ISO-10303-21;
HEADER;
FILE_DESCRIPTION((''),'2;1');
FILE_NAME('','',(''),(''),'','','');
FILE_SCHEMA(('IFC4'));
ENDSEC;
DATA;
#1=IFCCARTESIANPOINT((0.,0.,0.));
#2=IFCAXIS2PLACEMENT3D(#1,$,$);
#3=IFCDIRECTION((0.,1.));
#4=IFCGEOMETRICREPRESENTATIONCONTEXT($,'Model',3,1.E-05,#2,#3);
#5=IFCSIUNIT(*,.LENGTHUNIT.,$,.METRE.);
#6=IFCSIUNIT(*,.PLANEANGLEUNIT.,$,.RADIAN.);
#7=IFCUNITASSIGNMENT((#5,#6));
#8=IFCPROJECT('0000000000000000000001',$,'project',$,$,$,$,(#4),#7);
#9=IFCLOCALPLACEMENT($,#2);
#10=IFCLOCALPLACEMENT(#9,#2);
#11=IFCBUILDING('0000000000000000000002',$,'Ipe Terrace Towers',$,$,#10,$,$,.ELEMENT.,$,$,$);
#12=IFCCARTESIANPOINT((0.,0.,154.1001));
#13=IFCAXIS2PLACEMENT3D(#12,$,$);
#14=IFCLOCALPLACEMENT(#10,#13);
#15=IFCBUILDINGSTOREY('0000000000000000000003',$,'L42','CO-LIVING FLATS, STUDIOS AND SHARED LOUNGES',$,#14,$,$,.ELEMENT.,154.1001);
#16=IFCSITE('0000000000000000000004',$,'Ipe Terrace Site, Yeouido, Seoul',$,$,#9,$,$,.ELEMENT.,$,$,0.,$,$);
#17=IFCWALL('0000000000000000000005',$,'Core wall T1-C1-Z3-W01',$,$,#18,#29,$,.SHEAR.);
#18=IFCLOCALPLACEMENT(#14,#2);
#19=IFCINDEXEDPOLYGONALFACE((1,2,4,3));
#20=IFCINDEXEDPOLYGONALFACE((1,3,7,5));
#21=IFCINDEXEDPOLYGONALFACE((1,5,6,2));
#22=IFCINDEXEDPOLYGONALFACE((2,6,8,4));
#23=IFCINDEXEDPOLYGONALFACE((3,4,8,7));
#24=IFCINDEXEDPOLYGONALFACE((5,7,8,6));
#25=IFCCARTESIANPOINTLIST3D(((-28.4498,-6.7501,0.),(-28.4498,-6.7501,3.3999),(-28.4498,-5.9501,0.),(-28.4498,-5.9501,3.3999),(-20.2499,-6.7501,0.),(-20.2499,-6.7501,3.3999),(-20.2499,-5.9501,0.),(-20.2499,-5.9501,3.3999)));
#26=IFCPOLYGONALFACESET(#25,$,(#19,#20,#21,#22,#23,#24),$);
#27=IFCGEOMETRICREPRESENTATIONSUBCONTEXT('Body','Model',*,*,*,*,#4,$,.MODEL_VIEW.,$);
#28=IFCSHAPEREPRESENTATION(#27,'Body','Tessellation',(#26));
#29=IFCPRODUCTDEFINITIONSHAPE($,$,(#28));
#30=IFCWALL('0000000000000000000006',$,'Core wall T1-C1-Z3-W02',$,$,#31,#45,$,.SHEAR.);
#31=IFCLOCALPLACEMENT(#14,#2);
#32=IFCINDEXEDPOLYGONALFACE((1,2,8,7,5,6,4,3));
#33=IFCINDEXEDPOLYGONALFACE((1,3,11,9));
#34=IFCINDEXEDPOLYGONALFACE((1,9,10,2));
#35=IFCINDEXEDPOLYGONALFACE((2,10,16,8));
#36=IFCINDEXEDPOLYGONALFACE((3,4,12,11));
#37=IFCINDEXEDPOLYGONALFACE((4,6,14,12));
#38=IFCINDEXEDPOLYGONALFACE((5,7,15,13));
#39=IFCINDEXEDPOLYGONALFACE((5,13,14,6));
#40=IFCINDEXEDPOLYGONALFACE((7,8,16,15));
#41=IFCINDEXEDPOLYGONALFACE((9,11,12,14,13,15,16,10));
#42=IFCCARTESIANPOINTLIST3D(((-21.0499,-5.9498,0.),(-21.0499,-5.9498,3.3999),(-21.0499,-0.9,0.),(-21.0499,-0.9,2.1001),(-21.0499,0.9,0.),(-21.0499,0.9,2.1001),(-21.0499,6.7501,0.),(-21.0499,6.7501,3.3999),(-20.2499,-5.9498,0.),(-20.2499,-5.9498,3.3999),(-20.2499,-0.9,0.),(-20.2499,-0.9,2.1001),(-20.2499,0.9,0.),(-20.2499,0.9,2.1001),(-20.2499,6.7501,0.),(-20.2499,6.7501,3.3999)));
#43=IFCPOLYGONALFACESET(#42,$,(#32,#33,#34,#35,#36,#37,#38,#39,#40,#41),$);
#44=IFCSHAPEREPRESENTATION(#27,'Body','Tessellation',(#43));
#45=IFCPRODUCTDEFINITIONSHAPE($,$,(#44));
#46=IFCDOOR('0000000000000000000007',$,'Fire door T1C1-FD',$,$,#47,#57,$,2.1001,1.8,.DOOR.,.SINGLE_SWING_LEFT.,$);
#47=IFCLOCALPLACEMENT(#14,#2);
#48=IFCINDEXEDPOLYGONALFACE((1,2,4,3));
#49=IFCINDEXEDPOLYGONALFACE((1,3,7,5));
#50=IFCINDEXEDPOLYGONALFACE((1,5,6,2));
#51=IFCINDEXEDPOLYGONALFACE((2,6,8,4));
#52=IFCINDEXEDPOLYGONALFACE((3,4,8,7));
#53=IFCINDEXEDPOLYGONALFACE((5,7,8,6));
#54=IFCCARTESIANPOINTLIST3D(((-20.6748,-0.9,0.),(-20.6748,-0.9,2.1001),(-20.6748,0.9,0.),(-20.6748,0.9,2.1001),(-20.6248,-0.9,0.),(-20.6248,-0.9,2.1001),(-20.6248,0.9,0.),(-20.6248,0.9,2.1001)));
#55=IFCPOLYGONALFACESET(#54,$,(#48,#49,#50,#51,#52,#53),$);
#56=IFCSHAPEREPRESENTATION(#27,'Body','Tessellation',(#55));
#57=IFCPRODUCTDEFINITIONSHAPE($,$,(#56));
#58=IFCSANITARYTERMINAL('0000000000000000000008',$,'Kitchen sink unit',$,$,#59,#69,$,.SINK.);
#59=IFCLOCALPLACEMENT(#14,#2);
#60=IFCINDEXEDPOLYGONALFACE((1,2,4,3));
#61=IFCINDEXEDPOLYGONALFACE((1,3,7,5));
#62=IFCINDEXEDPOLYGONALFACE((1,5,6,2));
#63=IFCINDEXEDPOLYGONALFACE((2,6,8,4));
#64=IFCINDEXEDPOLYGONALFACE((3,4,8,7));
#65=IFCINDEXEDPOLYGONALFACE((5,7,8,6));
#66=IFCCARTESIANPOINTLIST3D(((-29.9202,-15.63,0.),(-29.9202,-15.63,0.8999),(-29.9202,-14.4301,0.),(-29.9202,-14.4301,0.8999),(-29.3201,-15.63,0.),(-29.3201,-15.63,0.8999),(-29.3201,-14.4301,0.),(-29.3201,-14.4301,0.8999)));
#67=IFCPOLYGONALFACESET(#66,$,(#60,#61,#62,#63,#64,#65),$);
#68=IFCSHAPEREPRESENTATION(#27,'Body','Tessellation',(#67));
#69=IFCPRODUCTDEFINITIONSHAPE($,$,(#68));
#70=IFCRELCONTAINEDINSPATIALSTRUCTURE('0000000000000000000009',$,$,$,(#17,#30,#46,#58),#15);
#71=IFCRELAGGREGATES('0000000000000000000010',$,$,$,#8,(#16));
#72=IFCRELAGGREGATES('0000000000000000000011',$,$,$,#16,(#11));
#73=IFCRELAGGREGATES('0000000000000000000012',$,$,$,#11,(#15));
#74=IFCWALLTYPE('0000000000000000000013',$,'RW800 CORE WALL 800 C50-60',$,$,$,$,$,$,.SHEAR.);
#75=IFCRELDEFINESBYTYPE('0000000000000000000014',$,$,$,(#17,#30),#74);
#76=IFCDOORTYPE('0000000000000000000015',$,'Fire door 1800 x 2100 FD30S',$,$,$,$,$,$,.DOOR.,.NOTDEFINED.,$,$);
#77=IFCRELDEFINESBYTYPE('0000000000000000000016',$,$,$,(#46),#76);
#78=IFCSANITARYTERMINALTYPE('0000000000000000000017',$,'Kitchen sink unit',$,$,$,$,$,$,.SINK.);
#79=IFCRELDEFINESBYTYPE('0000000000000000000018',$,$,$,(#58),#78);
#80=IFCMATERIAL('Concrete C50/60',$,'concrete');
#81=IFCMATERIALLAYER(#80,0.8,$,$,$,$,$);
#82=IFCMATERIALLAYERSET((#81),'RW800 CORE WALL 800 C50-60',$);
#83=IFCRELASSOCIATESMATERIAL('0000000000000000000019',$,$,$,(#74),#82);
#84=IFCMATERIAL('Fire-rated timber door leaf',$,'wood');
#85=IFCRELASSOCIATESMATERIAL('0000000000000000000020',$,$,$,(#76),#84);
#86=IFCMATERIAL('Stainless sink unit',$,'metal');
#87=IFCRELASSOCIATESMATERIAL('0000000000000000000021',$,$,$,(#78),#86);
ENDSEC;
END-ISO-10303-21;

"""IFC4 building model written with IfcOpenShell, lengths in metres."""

from ifc_helpers import new_model, si_unit, direction, frame, frame_2d, origin, origin_2d, place, context, subcontext, project, spatial, rectangle, extrude, material, layer, layer_set, type_object, element, fill, save


model = new_model("IFC4")

# Units and contexts
model_context = context("Model", 3, precision=1e-05, world=origin(), true_north=direction((0.0, 1.0)))
body_context = subcontext(model_context, "Body", "Model", "MODEL_VIEW")
ifc_project = project(units=[si_unit("LENGTHUNIT", "METRE"), si_unit("PLANEANGLEUNIT", "RADIAN")], contexts=[model_context])

# Site, building, storey
site_placement = place(None, origin())
site = spatial("IfcSite", under=ifc_project, at=site_placement, Name="Ipe Terrace Site, Yeouido, Seoul", CompositionType="ELEMENT", RefElevation=0.0)
building_placement = place(site_placement, origin())
building = spatial("IfcBuilding", under=site, at=building_placement, Name="Ipe Terrace Towers", CompositionType="ELEMENT")
storey_placement = place(building_placement, frame((0.0, 0.0, 154.1001)))
storey = spatial("IfcBuildingStorey", under=building, at=storey_placement, Name="L42", Description="CO-LIVING FLATS, STUDIOS AND SHARED LOUNGES", CompositionType="ELEMENT", Elevation=154.1001)

# Wall
ifc_material_1 = material(Name="Concrete C50/60", Category="concrete")
ifc_layer_1 = layer(ifc_material_1, 0.8)
ifc_layer_set_1 = layer_set([ifc_layer_1], Name="RW800 CORE WALL 800 C50-60")
wall_type_1 = type_object("IfcWallType", Name="RW800 CORE WALL 800 C50-60", PredefinedType="SHEAR", material=ifc_layer_set_1)
wall_1_placement = place(storey_placement, frame((-28.45, -6.3501, 0.0), z_axis=(0.0, 0.0, 1.0), x_axis=(1.0, 0.0, 0.0)))
element("IfcWall", 1, at=wall_1_placement, inside=storey, type_object=wall_type_1, Name="Core wall T1-C1-Z3-W01", PredefinedType="SHEAR", context=body_context, shape_type="SweptSolid", body=[
    extrude(rectangle(XDim=8.2, YDim=0.8, at=frame_2d((4.1001, 0.0))), origin(), (0.0, 0.0, 1.0), 3.3999),
])

# Wall, opening, door
wall_2_placement = place(storey_placement, frame((-20.6499, -5.95, 0.0), z_axis=(0.0, 0.0, 1.0), x_axis=(0.0, 1.0, 0.0)))
wall_2 = element("IfcWall", 2, at=wall_2_placement, inside=storey, type_object=wall_type_1, Name="Core wall T1-C1-Z3-W02", PredefinedType="SHEAR", context=body_context, shape_type="SweptSolid", body=[
    extrude(rectangle(XDim=12.7, YDim=0.8, at=frame_2d((6.3501, 0.0))), origin(), (0.0, 0.0, 1.0), 3.3999),
])
opening_1_placement = place(wall_2_placement, frame((5.05, 0.0, 0.0)))
opening_1 = element("IfcOpeningElement", 3, at=opening_1_placement, cuts=wall_2, PredefinedType="OPENING", context=body_context, shape_type="SweptSolid", body=[
    extrude(rectangle(XDim=1.8, YDim=2.1001, at=frame_2d((0.8999, 1.05))), frame((0.0, 0.4102, 0.0), z_axis=(0.0, -1.0, 0.0), x_axis=(1.0, 0.0, 0.0)), (0.0, 0.0, 1.0), 0.8201),
])
ifc_material_2 = material(Name="Fire-rated timber door leaf", Category="wood")
door_type_1 = type_object("IfcDoorType", Name="Fire door 1800 x 2100 FD30S", OperationType="NOTDEFINED", PredefinedType="DOOR", material=ifc_material_2)
door_1_placement = place(opening_1_placement, origin())
door_1 = element("IfcDoor", 4, at=door_1_placement, inside=storey, type_object=door_type_1, Name="Fire door T1C1-FD", OperationType="SINGLE_SWING_LEFT", OverallHeight=2.1001, OverallWidth=1.8, PredefinedType="DOOR", context=body_context, shape_type="SweptSolid", body=[
    extrude(rectangle(XDim=1.8, YDim=2.1001, at=frame_2d((0.8999, 1.05))), frame((0.0, 0.0249, 0.0), z_axis=(0.0, -1.0, 0.0), x_axis=(1.0, 0.0, 0.0)), (0.0, 0.0, 1.0), 0.05),
])
fill(opening_1, door_1)

# Sanitary terminal
ifc_material_3 = material(Name="Stainless sink unit", Category="metal")
sanitary_terminal_type = type_object("IfcSanitaryTerminalType", Name="Kitchen sink unit", PredefinedType="SINK", material=ifc_material_3)
sanitary_terminal_placement = place(storey_placement, frame((-29.6201, -15.03, 0.0), z_axis=(0.0, 0.0, 1.0), x_axis=(0.0, -1.0, 0.0)))
element("IfcSanitaryTerminal", 5, at=sanitary_terminal_placement, inside=storey, type_object=sanitary_terminal_type, Name="Kitchen sink unit", PredefinedType="SINK", context=body_context, shape_type="SweptSolid", body=[
    extrude(rectangle(XDim=1.2, YDim=0.6001, at=origin_2d()), origin(), (0.0, 0.0, 1.0), 0.8999),
])

save(model, "model.ifc")
